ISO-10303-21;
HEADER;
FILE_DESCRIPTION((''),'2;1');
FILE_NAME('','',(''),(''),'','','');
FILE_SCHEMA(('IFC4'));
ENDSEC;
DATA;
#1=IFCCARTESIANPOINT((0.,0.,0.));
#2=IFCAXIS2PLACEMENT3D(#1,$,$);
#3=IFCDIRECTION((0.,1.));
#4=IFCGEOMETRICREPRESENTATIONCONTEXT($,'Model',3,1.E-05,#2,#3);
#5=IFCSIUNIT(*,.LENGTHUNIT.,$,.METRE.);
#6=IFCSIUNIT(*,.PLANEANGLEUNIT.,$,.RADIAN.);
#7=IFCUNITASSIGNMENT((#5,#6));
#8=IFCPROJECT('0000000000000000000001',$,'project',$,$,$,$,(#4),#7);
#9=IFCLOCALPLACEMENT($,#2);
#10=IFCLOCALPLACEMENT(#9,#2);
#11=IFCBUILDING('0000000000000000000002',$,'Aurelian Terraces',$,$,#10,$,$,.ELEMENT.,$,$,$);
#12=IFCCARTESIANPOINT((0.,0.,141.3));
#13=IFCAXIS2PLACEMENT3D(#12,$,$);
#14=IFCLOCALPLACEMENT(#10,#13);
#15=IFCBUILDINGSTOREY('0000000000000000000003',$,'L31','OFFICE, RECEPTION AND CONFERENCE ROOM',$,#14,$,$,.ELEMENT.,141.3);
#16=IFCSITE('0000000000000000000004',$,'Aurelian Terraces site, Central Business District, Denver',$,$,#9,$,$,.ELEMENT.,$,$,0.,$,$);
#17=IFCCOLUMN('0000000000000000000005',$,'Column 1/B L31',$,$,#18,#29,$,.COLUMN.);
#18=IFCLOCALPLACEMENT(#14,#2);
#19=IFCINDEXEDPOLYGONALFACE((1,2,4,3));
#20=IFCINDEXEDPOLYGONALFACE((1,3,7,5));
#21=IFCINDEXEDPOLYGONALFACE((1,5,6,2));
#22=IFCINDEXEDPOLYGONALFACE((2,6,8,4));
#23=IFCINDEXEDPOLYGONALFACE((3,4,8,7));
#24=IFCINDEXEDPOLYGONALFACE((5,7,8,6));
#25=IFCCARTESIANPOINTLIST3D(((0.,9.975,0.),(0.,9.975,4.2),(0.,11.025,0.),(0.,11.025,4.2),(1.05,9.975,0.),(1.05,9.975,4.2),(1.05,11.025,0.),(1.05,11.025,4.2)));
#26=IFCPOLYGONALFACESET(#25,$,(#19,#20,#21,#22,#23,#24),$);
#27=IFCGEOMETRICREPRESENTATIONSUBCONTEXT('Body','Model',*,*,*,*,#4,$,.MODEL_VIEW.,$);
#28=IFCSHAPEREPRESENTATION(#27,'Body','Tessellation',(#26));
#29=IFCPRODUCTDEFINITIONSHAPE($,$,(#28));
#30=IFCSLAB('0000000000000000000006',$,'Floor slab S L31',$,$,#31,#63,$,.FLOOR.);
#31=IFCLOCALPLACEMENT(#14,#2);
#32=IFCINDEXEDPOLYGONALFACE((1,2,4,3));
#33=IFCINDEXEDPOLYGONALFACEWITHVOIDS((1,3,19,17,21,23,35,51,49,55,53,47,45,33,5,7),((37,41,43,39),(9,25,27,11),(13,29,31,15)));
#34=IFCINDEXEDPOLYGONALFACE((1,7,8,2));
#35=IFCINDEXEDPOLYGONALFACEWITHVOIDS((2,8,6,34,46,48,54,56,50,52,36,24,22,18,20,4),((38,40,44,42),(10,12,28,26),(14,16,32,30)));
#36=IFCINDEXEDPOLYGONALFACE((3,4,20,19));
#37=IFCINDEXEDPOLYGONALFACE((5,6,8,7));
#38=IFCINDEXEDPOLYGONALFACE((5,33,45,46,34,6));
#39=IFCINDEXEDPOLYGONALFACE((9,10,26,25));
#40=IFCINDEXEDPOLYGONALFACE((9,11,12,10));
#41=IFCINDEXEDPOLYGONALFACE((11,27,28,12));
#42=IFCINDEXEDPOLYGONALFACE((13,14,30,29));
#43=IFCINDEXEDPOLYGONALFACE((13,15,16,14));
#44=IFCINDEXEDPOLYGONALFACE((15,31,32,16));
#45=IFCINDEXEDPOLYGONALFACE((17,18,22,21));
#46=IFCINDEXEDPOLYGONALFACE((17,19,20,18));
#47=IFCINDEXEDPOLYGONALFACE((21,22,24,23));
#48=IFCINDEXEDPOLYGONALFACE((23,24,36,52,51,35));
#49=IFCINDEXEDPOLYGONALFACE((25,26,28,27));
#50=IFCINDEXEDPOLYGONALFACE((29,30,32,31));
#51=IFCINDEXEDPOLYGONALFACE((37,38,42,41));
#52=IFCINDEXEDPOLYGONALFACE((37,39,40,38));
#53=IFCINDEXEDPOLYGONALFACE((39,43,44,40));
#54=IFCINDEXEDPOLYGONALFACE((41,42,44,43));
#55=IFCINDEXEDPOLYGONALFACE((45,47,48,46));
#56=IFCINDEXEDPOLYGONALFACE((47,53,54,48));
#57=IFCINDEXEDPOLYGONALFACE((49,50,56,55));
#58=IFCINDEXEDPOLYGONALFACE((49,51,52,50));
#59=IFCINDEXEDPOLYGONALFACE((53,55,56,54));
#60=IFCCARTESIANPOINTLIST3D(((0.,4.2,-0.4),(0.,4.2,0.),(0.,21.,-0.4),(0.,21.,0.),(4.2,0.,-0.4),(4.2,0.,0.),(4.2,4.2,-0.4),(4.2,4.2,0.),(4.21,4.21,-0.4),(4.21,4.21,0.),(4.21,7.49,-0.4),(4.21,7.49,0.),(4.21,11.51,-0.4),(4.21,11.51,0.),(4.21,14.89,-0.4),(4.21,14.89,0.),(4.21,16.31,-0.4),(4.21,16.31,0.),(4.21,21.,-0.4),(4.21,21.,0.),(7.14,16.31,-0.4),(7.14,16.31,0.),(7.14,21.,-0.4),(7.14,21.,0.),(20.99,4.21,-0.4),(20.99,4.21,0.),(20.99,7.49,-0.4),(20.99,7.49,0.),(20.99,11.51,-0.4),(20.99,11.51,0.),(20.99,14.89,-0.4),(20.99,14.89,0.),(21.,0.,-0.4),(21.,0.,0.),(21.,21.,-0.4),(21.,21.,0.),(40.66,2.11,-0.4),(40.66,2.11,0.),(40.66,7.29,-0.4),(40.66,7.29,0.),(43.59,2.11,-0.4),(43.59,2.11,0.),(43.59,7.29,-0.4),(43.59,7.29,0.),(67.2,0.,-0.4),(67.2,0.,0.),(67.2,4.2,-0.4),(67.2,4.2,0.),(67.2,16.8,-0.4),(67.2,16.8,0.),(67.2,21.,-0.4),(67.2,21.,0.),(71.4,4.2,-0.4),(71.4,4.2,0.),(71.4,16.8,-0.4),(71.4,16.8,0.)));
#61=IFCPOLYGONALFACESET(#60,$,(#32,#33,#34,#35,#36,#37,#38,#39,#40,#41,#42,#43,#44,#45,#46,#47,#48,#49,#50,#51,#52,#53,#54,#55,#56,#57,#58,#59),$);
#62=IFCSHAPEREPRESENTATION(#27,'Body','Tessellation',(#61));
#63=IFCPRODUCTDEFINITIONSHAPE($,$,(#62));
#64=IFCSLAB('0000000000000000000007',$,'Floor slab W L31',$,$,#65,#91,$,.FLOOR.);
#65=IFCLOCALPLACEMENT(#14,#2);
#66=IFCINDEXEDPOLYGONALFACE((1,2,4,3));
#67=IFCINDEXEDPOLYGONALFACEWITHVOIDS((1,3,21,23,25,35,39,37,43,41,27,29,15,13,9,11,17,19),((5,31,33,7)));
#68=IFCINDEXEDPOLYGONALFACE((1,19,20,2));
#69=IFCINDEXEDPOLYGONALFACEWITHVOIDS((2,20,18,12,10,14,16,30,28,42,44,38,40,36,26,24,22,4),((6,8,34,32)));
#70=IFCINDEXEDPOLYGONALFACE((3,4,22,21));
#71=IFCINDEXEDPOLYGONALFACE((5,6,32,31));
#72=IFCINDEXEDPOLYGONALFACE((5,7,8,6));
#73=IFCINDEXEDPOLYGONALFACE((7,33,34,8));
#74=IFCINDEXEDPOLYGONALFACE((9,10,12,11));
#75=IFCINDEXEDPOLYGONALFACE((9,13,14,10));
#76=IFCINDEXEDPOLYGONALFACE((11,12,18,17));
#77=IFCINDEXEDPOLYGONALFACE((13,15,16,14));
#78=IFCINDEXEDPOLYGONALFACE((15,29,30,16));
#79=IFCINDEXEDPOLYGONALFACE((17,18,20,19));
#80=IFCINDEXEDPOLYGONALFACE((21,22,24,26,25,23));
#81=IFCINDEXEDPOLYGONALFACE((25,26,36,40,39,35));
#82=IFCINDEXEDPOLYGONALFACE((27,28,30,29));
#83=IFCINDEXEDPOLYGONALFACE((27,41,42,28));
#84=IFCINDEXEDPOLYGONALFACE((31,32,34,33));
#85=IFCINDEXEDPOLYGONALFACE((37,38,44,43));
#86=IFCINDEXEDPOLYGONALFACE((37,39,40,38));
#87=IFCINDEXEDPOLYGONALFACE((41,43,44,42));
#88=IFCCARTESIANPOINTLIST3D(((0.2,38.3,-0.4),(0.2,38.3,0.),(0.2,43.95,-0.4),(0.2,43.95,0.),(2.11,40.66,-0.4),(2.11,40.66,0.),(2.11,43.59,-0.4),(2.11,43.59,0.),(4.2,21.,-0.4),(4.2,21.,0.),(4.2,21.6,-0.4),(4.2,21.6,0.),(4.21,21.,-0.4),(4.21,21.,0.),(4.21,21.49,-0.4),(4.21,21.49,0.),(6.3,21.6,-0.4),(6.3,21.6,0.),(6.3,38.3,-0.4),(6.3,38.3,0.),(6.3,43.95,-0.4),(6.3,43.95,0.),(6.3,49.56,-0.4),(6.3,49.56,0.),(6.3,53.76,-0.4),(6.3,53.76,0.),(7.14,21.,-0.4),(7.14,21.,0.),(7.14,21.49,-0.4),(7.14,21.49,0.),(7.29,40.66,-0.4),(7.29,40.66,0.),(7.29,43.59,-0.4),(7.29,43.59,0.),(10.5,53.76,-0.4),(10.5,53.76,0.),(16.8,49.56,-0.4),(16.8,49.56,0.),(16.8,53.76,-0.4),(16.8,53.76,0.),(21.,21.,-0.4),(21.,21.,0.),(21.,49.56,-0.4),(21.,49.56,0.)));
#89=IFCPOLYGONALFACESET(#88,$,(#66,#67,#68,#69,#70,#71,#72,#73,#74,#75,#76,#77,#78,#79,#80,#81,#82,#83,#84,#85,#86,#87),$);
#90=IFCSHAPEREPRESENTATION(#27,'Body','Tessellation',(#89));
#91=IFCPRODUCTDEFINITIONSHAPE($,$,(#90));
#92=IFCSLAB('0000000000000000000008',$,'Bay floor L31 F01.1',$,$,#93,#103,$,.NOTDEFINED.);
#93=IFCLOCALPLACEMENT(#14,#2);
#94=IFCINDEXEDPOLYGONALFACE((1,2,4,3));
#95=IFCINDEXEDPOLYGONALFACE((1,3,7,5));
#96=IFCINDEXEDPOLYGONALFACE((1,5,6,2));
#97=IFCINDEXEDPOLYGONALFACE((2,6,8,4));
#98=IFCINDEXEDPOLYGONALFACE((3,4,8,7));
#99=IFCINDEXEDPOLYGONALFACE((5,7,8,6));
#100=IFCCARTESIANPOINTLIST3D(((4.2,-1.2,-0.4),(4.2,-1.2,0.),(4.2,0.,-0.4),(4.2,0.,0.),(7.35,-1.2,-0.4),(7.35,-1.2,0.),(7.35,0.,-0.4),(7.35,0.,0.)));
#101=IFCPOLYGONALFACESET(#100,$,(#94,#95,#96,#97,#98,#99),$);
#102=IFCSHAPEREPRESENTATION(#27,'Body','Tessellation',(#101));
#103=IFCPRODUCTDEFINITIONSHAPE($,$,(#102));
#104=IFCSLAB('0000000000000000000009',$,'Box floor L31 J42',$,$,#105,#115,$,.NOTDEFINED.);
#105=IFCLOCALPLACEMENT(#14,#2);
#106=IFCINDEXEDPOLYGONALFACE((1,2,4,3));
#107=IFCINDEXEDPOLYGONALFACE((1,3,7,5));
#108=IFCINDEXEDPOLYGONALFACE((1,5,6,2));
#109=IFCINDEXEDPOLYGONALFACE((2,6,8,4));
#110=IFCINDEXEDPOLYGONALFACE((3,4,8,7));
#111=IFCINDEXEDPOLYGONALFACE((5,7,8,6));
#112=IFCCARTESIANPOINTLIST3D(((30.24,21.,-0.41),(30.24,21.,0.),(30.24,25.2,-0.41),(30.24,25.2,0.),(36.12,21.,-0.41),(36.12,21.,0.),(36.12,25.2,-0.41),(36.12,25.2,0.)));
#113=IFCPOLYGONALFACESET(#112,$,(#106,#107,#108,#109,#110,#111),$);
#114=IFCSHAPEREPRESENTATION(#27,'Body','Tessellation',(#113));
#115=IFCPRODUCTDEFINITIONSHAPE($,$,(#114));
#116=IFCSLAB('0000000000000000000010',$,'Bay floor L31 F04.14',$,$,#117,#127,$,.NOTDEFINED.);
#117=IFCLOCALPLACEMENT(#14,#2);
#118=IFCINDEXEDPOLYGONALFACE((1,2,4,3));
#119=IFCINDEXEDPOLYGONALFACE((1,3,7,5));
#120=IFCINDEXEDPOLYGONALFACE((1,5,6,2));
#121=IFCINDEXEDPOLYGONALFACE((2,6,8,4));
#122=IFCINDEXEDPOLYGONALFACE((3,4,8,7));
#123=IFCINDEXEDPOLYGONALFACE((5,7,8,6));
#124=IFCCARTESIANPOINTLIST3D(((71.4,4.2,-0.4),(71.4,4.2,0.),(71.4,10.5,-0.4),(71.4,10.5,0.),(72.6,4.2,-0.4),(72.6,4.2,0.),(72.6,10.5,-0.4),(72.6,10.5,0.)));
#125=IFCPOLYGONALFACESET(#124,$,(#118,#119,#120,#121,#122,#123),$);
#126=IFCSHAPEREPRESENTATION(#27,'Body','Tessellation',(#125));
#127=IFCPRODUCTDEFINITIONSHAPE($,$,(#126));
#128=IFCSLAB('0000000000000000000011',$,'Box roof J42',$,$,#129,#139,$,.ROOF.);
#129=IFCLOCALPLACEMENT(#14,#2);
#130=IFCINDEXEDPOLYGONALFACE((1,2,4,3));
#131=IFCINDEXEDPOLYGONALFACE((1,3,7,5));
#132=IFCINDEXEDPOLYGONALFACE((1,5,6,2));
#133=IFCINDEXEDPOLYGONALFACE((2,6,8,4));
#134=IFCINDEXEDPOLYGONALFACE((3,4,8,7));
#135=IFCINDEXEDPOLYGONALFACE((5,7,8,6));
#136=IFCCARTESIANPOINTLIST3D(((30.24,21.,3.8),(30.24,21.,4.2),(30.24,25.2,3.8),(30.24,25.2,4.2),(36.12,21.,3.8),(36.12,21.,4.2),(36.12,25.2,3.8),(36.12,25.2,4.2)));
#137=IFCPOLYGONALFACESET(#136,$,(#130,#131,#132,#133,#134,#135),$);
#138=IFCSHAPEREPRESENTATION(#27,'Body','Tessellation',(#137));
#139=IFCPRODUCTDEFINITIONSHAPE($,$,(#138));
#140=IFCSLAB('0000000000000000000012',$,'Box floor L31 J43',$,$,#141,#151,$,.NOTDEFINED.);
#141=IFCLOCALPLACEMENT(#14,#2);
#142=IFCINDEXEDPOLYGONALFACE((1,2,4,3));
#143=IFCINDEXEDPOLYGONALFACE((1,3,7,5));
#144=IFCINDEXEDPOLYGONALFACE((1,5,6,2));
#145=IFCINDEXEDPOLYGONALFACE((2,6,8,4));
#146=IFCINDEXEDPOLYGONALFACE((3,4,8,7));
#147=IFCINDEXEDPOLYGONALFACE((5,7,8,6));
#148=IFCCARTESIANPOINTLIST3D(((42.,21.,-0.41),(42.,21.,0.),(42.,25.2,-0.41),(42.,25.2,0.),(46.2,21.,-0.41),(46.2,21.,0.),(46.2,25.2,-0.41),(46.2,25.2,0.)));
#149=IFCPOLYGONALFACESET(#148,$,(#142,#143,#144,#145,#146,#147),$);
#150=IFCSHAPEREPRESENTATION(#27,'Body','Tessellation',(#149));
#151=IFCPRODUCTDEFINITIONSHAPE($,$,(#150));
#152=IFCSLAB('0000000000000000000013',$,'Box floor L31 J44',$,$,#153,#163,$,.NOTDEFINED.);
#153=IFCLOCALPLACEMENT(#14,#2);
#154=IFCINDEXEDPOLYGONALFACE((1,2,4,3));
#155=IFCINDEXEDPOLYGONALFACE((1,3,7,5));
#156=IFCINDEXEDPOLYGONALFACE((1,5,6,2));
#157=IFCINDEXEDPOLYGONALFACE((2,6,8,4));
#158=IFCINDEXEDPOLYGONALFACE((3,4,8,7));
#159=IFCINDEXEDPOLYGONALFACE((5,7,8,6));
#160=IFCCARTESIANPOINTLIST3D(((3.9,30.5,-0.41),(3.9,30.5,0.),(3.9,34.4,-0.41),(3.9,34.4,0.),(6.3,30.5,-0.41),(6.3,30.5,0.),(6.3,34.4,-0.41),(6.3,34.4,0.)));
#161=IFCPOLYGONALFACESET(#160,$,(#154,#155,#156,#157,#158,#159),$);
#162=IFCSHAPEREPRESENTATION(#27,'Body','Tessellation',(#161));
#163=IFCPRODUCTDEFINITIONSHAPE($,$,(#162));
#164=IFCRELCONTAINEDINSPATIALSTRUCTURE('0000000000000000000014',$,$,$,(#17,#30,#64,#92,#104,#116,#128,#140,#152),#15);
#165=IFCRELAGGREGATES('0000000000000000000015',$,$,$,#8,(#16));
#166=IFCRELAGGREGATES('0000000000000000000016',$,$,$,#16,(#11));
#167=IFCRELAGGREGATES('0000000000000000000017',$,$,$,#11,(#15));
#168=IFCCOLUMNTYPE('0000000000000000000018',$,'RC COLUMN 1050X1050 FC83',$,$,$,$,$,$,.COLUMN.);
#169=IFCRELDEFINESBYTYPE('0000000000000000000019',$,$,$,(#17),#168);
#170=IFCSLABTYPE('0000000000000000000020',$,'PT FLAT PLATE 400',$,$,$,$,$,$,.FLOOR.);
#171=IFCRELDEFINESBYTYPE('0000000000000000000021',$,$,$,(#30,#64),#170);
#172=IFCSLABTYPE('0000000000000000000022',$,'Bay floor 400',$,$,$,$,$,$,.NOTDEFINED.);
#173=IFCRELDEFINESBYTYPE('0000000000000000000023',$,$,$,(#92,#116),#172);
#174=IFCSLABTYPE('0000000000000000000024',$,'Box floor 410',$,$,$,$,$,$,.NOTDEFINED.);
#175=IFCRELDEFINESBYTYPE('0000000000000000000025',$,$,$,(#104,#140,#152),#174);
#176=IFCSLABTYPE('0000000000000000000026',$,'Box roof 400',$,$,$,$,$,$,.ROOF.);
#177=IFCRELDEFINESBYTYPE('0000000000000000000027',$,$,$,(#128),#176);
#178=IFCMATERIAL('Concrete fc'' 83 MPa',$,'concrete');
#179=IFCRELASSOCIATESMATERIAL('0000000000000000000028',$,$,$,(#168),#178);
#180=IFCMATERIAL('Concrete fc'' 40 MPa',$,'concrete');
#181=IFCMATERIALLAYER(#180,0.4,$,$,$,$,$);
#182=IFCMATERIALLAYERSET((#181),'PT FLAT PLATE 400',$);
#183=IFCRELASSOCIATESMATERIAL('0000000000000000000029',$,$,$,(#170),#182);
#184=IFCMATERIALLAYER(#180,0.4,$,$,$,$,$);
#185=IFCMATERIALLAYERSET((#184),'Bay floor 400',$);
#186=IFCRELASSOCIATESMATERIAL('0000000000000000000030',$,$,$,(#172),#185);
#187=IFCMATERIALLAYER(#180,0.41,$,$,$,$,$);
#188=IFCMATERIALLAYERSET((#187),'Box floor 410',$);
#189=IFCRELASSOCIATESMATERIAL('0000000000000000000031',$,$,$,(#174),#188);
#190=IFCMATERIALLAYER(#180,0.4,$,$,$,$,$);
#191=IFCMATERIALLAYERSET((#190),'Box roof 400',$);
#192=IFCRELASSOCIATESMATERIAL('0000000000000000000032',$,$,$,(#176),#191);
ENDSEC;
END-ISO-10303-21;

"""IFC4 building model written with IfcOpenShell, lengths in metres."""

from ifc_helpers import new_model, si_unit, direction, frame, origin, origin_2d, place, context, subcontext, project, spatial, polyline, rectangle, outline, extrude, source, transform, mapped, material, layer, layer_set, material_profile, profile_set, type_object, element, save


model = new_model("IFC4")

# Units and contexts
model_context = context("Model", 3, precision=1e-05, world=origin(), true_north=direction((0.0, 1.0)))
body_context = subcontext(model_context, "Body", "Model", "MODEL_VIEW")
ifc_project = project(units=[si_unit("LENGTHUNIT", "METRE"), si_unit("PLANEANGLEUNIT", "RADIAN")], contexts=[model_context])

# Site, building, storey
site_placement = place(None, origin())
site = spatial("IfcSite", under=ifc_project, at=site_placement, Name="Aurelian Terraces site, Central Business District, Denver", CompositionType="ELEMENT", RefElevation=0.0)
building_placement = place(site_placement, origin())
building = spatial("IfcBuilding", under=site, at=building_placement, Name="Aurelian Terraces", CompositionType="ELEMENT")
storey_placement = place(building_placement, frame((0.0, 0.0, 141.3)))
storey = spatial("IfcBuildingStorey", under=building, at=storey_placement, Name="L31", Description="OFFICE, RECEPTION AND CONFERENCE ROOM", CompositionType="ELEMENT", Elevation=141.3)

# Column
ifc_material_1 = material(Name="Concrete fc' 83 MPa", Category="concrete")
ifc_material_profile = material_profile(ifc_material_1, rectangle(XDim=1.05, YDim=1.05, at=origin_2d()))
ifc_profile_set = profile_set([ifc_material_profile], Name="Concrete fc' 83 MPa")
column_type = type_object("IfcColumnType", Name="RC COLUMN 1050X1050 FC83", PredefinedType="COLUMN", material=ifc_profile_set)
shared_shape_1 = source(origin(), body_context, "Body", "SweptSolid", [
    extrude(rectangle(XDim=1.05, YDim=1.05, at=origin_2d()), origin(), (0.0, 0.0, 1.0), 4.2),
])
column_placement = place(storey_placement, frame((0.525, 10.5, 0.0), z_axis=(0.0, 0.0, 1.0), x_axis=(1.0, 0.0, 0.0)))
element("IfcColumn", 1, at=column_placement, inside=storey, type_object=column_type, Name="Column 1/B L31", PredefinedType="COLUMN", context=body_context, shape_type="MappedRepresentation", body=[
    mapped(shared_shape_1, transform((0.0, 0.0, 0.0), scale=1.0)),
])

# Slabs
ifc_material_2 = material(Name="Concrete fc' 40 MPa", Category="concrete")
ifc_layer_1 = layer(ifc_material_2, 0.4)
ifc_layer_set_1 = layer_set([ifc_layer_1], Name="PT FLAT PLATE 400")
slab_type_1 = type_object("IfcSlabType", Name="PT FLAT PLATE 400", PredefinedType="FLOOR", material=ifc_layer_set_1)
shared_shape_2 = source(origin(), body_context, "Body", "SweptSolid", [
    extrude(outline(polyline([(67.2, 16.8), (71.4, 16.8), (71.4, 4.2), (67.2, 4.2), (67.2, 0.0), (21.0, 0.0), (4.2, 0.0), (4.2, 4.2), (0.0, 4.2), (0.0, 21.0), (4.21, 21.0), (4.21, 16.31), (7.14, 16.31), (7.14, 21.0), (21.0, 21.0), (67.2, 21.0), (67.2, 16.8)]), holes=[polyline([(40.66, 2.11), (43.59, 2.11), (43.59, 7.29), (40.66, 7.29), (40.66, 2.11)]), polyline([(4.21, 7.49), (4.21, 4.21), (20.99, 4.21), (20.99, 7.49), (4.21, 7.49)]), polyline([(4.21, 14.89), (4.21, 11.51), (20.99, 11.51), (20.99, 14.89), (4.21, 14.89)])]), origin(), (0.0, 0.0, 1.0), 0.4),
])
slab_1_placement = place(storey_placement, frame((0.0, 0.0, -0.4)))
element("IfcSlab", 2, at=slab_1_placement, inside=storey, type_object=slab_type_1, Name="Floor slab S L31", PredefinedType="FLOOR", context=body_context, shape_type="MappedRepresentation", body=[
    mapped(shared_shape_2, transform((0.0, 0.0, 0.0), scale=1.0)),
])
shared_shape_3 = source(origin(), body_context, "Body", "SweptSolid", [
    extrude(outline(polyline([(0.2, 43.95), (6.3, 43.95), (6.3, 49.56), (6.3, 53.76), (10.5, 53.76), (16.8, 53.76), (16.8, 49.56), (21.0, 49.56), (21.0, 21.0), (7.14, 21.0), (7.14, 21.49), (4.21, 21.49), (4.21, 21.0), (4.2, 21.0), (4.2, 21.6), (6.3, 21.6), (6.3, 38.3), (0.2, 38.3), (0.2, 43.95)]), holes=[polyline([(7.29, 43.59), (2.11, 43.59), (2.11, 40.66), (7.29, 40.66), (7.29, 43.59)])]), origin(), (0.0, 0.0, 1.0), 0.4),
])
slab_2_placement = place(storey_placement, frame((0.0, 0.0, -0.4)))
element("IfcSlab", 3, at=slab_2_placement, inside=storey, type_object=slab_type_1, Name="Floor slab W L31", PredefinedType="FLOOR", context=body_context, shape_type="MappedRepresentation", body=[
    mapped(shared_shape_3, transform((0.0, 0.0, 0.0), scale=1.0)),
])
ifc_layer_2 = layer(ifc_material_2, 0.4)
ifc_layer_set_2 = layer_set([ifc_layer_2], Name="Bay floor 400")
slab_type_2 = type_object("IfcSlabType", Name="Bay floor 400", PredefinedType="NOTDEFINED", material=ifc_layer_set_2)
shared_shape_4 = source(origin(), body_context, "Body", "SweptSolid", [
    extrude(outline(polyline([(4.2, 0.0), (7.35, 0.0), (7.35, -1.2), (4.2, -1.2), (4.2, 0.0)])), origin(), (0.0, 0.0, 1.0), 0.4),
])
slab_3_placement = place(storey_placement, frame((0.0, 0.0, -0.4)))
element("IfcSlab", 4, at=slab_3_placement, inside=storey, type_object=slab_type_2, Name="Bay floor L31 F01.1", PredefinedType="NOTDEFINED", context=body_context, shape_type="MappedRepresentation", body=[
    mapped(shared_shape_4, transform((0.0, 0.0, 0.0), scale=1.0)),
])
ifc_layer_3 = layer(ifc_material_2, 0.41)
ifc_layer_set_3 = layer_set([ifc_layer_3], Name="Box floor 410")
slab_type_3 = type_object("IfcSlabType", Name="Box floor 410", PredefinedType="NOTDEFINED", material=ifc_layer_set_3)
shared_shape_5 = source(origin(), body_context, "Body", "SweptSolid", [
    extrude(outline(polyline([(36.12, 25.2), (30.24, 25.2), (30.24, 21.0), (36.12, 21.0), (36.12, 25.2)])), origin(), (0.0, 0.0, 1.0), 0.41),
])
slab_4_placement = place(storey_placement, frame((0.0, 0.0, -0.41)))
element("IfcSlab", 5, at=slab_4_placement, inside=storey, type_object=slab_type_3, Name="Box floor L31 J42", PredefinedType="NOTDEFINED", context=body_context, shape_type="MappedRepresentation", body=[
    mapped(shared_shape_5, transform((0.0, 0.0, 0.0), scale=1.0)),
])
shared_shape_6 = source(origin(), body_context, "Body", "SweptSolid", [
    extrude(outline(polyline([(71.4, 4.2), (71.4, 10.5), (72.6, 10.5), (72.6, 4.2), (71.4, 4.2)])), origin(), (0.0, 0.0, 1.0), 0.4),
])
slab_5_placement = place(storey_placement, frame((0.0, 0.0, -0.4)))
element("IfcSlab", 6, at=slab_5_placement, inside=storey, type_object=slab_type_2, Name="Bay floor L31 F04.14", PredefinedType="NOTDEFINED", context=body_context, shape_type="MappedRepresentation", body=[
    mapped(shared_shape_6, transform((0.0, 0.0, 0.0), scale=1.0)),
])
ifc_layer_4 = layer(ifc_material_2, 0.4)
ifc_layer_set_4 = layer_set([ifc_layer_4], Name="Box roof 400")
slab_type_4 = type_object("IfcSlabType", Name="Box roof 400", PredefinedType="ROOF", material=ifc_layer_set_4)
shared_shape_7 = source(origin(), body_context, "Body", "SweptSolid", [
    extrude(outline(polyline([(36.12, 25.2), (30.24, 25.2), (30.24, 21.0), (36.12, 21.0), (36.12, 25.2)])), origin(), (0.0, 0.0, 1.0), 0.4),
])
slab_6_placement = place(storey_placement, frame((0.0, 0.0, 3.8)))
element("IfcSlab", 7, at=slab_6_placement, inside=storey, type_object=slab_type_4, Name="Box roof J42", PredefinedType="ROOF", context=body_context, shape_type="MappedRepresentation", body=[
    mapped(shared_shape_7, transform((0.0, 0.0, 0.0), scale=1.0)),
])
shared_shape_8 = source(origin(), body_context, "Body", "SweptSolid", [
    extrude(outline(polyline([(46.2, 25.2), (42.0, 25.2), (42.0, 21.0), (46.2, 21.0), (46.2, 25.2)])), origin(), (0.0, 0.0, 1.0), 0.41),
])
slab_7_placement = place(storey_placement, frame((0.0, 0.0, -0.41)))
element("IfcSlab", 8, at=slab_7_placement, inside=storey, type_object=slab_type_3, Name="Box floor L31 J43", PredefinedType="NOTDEFINED", context=body_context, shape_type="MappedRepresentation", body=[
    mapped(shared_shape_8, transform((0.0, 0.0, 0.0), scale=1.0)),
])
shared_shape_9 = source(origin(), body_context, "Body", "SweptSolid", [
    extrude(outline(polyline([(3.9, 34.4), (3.9, 30.5), (6.3, 30.5), (6.3, 34.4), (3.9, 34.4)])), origin(), (0.0, 0.0, 1.0), 0.41),
])
slab_8_placement = place(storey_placement, frame((0.0, 0.0, -0.41)))
element("IfcSlab", 9, at=slab_8_placement, inside=storey, type_object=slab_type_3, Name="Box floor L31 J44", PredefinedType="NOTDEFINED", context=body_context, shape_type="MappedRepresentation", body=[
    mapped(shared_shape_9, transform((0.0, 0.0, 0.0), scale=1.0)),
])

save(model, "model.ifc")
